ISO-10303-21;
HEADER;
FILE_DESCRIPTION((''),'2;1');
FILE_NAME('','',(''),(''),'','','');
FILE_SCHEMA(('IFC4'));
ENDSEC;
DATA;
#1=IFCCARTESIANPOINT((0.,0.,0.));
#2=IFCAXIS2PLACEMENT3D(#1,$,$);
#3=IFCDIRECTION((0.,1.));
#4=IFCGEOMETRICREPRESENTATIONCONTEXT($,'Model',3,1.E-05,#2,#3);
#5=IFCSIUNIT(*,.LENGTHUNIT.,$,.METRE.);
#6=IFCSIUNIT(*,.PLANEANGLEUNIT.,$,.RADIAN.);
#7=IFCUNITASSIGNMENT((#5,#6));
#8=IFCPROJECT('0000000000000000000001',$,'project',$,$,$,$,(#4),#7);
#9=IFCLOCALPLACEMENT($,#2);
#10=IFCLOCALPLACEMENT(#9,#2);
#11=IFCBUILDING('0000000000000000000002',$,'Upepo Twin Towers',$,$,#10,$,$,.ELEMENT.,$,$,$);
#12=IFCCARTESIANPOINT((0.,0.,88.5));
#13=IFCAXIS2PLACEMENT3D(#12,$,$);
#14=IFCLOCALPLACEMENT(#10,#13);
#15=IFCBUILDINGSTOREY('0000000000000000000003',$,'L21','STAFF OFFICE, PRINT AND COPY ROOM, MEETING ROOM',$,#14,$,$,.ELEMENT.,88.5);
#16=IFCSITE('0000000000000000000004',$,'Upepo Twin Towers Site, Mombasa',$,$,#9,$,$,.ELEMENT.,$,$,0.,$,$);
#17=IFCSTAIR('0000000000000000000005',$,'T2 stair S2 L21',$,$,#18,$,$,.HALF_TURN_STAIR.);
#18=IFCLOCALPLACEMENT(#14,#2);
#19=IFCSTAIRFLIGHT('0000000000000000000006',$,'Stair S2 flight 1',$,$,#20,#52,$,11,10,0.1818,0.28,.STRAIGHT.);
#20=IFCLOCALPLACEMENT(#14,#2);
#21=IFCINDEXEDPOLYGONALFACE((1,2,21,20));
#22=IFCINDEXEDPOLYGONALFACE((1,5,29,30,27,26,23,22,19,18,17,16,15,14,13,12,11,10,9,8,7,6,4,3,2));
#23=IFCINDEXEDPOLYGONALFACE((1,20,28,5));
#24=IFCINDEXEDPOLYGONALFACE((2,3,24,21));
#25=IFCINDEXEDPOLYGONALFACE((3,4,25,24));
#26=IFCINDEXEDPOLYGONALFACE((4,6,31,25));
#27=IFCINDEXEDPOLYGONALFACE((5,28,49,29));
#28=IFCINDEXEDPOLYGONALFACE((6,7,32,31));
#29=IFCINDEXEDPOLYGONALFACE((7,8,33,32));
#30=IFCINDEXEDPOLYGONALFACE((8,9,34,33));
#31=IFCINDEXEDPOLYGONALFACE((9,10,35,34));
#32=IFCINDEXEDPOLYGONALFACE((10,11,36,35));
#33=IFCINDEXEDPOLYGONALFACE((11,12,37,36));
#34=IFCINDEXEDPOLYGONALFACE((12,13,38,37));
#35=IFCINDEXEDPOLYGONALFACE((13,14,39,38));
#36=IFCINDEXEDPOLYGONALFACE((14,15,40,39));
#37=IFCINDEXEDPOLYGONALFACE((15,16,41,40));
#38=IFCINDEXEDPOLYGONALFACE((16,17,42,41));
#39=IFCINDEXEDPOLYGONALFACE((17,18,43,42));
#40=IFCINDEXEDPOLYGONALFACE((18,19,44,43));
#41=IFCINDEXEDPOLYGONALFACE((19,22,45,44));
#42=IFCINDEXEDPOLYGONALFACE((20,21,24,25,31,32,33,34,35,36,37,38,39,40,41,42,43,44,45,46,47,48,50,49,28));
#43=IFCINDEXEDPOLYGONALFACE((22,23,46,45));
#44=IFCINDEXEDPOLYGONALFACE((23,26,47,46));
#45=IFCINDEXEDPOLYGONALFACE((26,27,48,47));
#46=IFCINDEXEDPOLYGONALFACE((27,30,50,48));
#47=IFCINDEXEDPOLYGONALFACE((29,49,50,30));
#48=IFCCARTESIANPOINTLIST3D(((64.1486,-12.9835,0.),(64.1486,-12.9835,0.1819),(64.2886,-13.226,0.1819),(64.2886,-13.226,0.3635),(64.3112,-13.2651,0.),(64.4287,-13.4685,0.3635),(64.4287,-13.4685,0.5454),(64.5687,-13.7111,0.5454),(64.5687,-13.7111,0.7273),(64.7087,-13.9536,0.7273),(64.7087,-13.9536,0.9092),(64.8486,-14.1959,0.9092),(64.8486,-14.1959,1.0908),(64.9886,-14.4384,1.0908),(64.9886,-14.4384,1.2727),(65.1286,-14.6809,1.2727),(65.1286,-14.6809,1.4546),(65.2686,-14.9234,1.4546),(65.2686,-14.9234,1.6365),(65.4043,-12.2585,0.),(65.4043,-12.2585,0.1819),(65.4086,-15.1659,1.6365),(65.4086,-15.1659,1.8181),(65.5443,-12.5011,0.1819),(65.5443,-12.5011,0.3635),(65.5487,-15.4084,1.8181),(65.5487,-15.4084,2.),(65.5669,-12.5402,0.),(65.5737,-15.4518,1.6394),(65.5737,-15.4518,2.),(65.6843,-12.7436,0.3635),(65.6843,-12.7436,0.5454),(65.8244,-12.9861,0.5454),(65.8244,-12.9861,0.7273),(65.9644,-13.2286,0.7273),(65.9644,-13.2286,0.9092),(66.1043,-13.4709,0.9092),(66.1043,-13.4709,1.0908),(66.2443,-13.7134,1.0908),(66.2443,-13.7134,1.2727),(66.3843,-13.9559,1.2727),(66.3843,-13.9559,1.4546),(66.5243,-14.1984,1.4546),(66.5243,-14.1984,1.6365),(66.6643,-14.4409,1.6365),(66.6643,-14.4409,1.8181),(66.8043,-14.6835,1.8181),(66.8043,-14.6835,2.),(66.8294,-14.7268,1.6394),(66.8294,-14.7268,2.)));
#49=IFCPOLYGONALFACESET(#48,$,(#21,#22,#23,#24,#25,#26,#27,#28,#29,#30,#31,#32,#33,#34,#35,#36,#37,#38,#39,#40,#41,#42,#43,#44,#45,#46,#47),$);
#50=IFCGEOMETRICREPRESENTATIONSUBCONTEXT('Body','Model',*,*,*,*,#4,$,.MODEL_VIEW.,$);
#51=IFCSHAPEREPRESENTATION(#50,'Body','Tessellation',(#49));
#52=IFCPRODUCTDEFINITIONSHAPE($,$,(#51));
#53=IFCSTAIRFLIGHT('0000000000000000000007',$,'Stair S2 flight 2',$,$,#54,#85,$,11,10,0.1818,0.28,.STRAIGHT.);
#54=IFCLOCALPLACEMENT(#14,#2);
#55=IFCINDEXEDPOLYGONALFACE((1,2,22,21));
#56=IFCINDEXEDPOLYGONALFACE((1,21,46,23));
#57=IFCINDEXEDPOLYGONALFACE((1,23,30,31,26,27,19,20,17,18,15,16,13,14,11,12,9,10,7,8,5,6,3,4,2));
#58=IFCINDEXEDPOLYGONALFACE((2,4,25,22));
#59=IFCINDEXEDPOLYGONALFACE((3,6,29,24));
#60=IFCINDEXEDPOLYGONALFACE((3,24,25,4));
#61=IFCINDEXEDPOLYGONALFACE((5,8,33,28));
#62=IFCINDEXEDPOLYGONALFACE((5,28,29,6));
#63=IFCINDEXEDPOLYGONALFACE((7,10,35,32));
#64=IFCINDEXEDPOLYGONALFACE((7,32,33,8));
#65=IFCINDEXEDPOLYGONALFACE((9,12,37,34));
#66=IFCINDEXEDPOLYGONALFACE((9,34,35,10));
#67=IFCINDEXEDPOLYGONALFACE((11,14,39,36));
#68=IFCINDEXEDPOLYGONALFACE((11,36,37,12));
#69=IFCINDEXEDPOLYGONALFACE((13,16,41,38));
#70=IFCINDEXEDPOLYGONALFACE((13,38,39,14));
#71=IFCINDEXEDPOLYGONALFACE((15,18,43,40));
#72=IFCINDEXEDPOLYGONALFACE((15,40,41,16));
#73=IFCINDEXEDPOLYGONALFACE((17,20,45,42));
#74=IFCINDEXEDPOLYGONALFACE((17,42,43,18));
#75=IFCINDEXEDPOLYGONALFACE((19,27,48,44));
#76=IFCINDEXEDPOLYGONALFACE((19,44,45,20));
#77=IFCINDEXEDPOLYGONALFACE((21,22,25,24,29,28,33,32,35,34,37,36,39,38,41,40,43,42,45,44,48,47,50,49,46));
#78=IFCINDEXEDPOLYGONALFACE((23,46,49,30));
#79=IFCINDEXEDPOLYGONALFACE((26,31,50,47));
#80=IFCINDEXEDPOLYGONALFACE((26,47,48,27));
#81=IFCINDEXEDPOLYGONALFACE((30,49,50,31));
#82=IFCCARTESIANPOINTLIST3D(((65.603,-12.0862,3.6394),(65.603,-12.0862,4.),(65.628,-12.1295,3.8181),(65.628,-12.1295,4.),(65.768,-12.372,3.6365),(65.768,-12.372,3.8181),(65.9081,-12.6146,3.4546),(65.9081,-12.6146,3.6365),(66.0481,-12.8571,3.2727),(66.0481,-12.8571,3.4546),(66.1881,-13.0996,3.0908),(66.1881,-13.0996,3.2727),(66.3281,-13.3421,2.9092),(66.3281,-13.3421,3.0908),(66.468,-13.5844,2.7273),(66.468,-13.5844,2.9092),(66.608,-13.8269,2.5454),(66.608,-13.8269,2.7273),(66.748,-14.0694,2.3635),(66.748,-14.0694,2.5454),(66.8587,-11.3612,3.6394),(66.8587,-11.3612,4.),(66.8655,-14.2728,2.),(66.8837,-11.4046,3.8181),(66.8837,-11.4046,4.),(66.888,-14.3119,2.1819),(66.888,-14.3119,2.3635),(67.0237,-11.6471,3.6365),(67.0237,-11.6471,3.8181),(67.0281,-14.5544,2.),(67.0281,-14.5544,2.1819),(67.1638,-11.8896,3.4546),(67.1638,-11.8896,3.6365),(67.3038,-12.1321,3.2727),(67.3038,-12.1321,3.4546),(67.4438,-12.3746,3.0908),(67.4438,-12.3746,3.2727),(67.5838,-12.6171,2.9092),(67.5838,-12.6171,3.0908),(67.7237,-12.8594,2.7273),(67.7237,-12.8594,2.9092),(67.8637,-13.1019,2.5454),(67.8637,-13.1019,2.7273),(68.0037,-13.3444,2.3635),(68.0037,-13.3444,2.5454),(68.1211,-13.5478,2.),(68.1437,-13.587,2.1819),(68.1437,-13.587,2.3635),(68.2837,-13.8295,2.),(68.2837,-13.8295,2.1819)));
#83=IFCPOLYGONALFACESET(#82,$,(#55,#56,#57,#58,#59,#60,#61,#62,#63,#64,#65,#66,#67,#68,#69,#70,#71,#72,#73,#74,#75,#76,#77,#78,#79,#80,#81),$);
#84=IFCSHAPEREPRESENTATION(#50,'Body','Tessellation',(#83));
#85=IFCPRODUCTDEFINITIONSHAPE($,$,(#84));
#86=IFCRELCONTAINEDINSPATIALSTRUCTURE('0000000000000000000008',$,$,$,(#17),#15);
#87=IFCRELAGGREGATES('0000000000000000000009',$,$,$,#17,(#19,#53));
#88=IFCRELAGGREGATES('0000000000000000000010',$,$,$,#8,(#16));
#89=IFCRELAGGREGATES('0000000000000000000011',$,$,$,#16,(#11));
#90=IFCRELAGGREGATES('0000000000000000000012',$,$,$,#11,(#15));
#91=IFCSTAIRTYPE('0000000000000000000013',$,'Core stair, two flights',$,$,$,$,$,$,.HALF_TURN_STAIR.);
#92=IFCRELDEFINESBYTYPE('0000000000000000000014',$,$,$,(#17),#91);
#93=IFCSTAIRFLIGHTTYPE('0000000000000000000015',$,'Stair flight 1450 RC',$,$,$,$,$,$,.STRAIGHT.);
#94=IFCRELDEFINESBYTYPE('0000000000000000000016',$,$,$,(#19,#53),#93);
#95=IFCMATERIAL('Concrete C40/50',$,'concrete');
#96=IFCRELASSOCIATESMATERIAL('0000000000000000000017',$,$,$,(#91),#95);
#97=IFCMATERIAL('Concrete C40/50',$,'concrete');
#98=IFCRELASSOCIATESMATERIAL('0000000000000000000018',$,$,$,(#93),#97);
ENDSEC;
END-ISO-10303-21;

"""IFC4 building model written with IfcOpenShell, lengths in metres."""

from ifc_helpers import new_model, si_unit, direction, frame, origin, place, context, subcontext, project, spatial, polyline, outline, extrude, material, type_object, element, aggregate, save


model = new_model("IFC4")

# Units and contexts
model_context = context("Model", 3, precision=1e-05, world=origin(), true_north=direction((0.0, 1.0)))
body_context = subcontext(model_context, "Body", "Model", "MODEL_VIEW")
ifc_project = project(units=[si_unit("LENGTHUNIT", "METRE"), si_unit("PLANEANGLEUNIT", "RADIAN")], contexts=[model_context])

# Site, building, storey
site_placement = place(None, origin())
site = spatial("IfcSite", under=ifc_project, at=site_placement, Name="Upepo Twin Towers Site, Mombasa", CompositionType="ELEMENT", RefElevation=0.0)
building_placement = place(site_placement, origin())
building = spatial("IfcBuilding", under=site, at=building_placement, Name="Upepo Twin Towers", CompositionType="ELEMENT")
storey_placement = place(building_placement, frame((0.0, 0.0, 88.5)))
storey = spatial("IfcBuildingStorey", under=building, at=storey_placement, Name="L21", Description="STAFF OFFICE, PRINT AND COPY ROOM, MEETING ROOM", CompositionType="ELEMENT", Elevation=88.5)

# Stair, stair flights
ifc_material_1 = material(Name="Concrete C40/50", Category="concrete")
stair_type = type_object("IfcStairType", Name="Core stair, two flights", PredefinedType="HALF_TURN_STAIR", material=ifc_material_1)
stair_placement = place(storey_placement, origin())
stair = element("IfcStair", 1, at=stair_placement, inside=storey, type_object=stair_type, Name="T2 stair S2 L21", PredefinedType="HALF_TURN_STAIR")
ifc_material_2 = material(Name="Concrete C40/50", Category="concrete")
stair_flight_type = type_object("IfcStairFlightType", Name="Stair flight 1450 RC", PredefinedType="STRAIGHT", material=ifc_material_2)
stair_flight_1_placement = place(storey_placement, frame((64.7764, -12.6211, 0.0), z_axis=(0.0, 0.0, 1.0), x_axis=(0.5, -0.866025, 0.0)))
stair_flight_1 = element("IfcStairFlight", 2, at=stair_flight_1_placement, type_object=stair_flight_type, Name="Stair S2 flight 1", NumberOfRisers=11, NumberOfTreads=10, PredefinedType="STRAIGHT", RiserHeight=0.1818, TreadLength=0.28, context=body_context, shape_type="SweptSolid", body=[
    extrude(outline(polyline([(0.0, 0.0), (0.0, 0.1819), (0.28, 0.1819), (0.28, 0.3635), (0.5601, 0.3635), (0.5601, 0.5454), (0.8401, 0.5454), (0.8401, 0.7273), (1.1201, 0.7273), (1.1201, 0.9092), (1.3999, 0.9092), (1.3999, 1.0908), (1.6799, 1.0908), (1.6799, 1.2727), (1.96, 1.2727), (1.96, 1.4546), (2.24, 1.4546), (2.24, 1.6365), (2.52, 1.6365), (2.52, 1.8181), (2.8, 1.8181), (2.8, 2.0), (2.8501, 2.0), (2.8501, 1.6394), (0.3252, 0.0), (0.0, 0.0)])), frame((0.0, 0.7251, 0.0), z_axis=(0.0, -1.0, 0.0), x_axis=(1.0, 0.0, 0.0)), (0.0, 0.0, 1.0), 1.45),
])
stair_flight_2_placement = place(storey_placement, frame((67.656, -14.1919, 2.0), z_axis=(0.0, 0.0, 1.0), x_axis=(-0.5, 0.866025, 0.0)))
stair_flight_2 = element("IfcStairFlight", 3, at=stair_flight_2_placement, type_object=stair_flight_type, Name="Stair S2 flight 2", NumberOfRisers=11, NumberOfTreads=10, PredefinedType="STRAIGHT", RiserHeight=0.1818, TreadLength=0.28, context=body_context, shape_type="SweptSolid", body=[
    extrude(outline(polyline([(0.0, 0.0), (0.0, 0.1819), (0.28, 0.1819), (0.28, 0.3635), (0.5601, 0.3635), (0.5601, 0.5454), (0.8401, 0.5454), (0.8401, 0.7273), (1.1201, 0.7273), (1.1201, 0.9092), (1.3999, 0.9092), (1.3999, 1.0908), (1.6799, 1.0908), (1.6799, 1.2727), (1.96, 1.2727), (1.96, 1.4546), (2.24, 1.4546), (2.24, 1.6365), (2.52, 1.6365), (2.52, 1.8181), (2.8, 1.8181), (2.8, 2.0), (2.8501, 2.0), (2.8501, 1.6394), (0.3252, 0.0), (0.0, 0.0)])), frame((0.0, 0.7251, 0.0), z_axis=(0.0, -1.0, 0.0), x_axis=(1.0, 0.0, 0.0)), (0.0, 0.0, 1.0), 1.45),
])
aggregate(stair, [stair_flight_1, stair_flight_2])

save(model, "model.ifc")
